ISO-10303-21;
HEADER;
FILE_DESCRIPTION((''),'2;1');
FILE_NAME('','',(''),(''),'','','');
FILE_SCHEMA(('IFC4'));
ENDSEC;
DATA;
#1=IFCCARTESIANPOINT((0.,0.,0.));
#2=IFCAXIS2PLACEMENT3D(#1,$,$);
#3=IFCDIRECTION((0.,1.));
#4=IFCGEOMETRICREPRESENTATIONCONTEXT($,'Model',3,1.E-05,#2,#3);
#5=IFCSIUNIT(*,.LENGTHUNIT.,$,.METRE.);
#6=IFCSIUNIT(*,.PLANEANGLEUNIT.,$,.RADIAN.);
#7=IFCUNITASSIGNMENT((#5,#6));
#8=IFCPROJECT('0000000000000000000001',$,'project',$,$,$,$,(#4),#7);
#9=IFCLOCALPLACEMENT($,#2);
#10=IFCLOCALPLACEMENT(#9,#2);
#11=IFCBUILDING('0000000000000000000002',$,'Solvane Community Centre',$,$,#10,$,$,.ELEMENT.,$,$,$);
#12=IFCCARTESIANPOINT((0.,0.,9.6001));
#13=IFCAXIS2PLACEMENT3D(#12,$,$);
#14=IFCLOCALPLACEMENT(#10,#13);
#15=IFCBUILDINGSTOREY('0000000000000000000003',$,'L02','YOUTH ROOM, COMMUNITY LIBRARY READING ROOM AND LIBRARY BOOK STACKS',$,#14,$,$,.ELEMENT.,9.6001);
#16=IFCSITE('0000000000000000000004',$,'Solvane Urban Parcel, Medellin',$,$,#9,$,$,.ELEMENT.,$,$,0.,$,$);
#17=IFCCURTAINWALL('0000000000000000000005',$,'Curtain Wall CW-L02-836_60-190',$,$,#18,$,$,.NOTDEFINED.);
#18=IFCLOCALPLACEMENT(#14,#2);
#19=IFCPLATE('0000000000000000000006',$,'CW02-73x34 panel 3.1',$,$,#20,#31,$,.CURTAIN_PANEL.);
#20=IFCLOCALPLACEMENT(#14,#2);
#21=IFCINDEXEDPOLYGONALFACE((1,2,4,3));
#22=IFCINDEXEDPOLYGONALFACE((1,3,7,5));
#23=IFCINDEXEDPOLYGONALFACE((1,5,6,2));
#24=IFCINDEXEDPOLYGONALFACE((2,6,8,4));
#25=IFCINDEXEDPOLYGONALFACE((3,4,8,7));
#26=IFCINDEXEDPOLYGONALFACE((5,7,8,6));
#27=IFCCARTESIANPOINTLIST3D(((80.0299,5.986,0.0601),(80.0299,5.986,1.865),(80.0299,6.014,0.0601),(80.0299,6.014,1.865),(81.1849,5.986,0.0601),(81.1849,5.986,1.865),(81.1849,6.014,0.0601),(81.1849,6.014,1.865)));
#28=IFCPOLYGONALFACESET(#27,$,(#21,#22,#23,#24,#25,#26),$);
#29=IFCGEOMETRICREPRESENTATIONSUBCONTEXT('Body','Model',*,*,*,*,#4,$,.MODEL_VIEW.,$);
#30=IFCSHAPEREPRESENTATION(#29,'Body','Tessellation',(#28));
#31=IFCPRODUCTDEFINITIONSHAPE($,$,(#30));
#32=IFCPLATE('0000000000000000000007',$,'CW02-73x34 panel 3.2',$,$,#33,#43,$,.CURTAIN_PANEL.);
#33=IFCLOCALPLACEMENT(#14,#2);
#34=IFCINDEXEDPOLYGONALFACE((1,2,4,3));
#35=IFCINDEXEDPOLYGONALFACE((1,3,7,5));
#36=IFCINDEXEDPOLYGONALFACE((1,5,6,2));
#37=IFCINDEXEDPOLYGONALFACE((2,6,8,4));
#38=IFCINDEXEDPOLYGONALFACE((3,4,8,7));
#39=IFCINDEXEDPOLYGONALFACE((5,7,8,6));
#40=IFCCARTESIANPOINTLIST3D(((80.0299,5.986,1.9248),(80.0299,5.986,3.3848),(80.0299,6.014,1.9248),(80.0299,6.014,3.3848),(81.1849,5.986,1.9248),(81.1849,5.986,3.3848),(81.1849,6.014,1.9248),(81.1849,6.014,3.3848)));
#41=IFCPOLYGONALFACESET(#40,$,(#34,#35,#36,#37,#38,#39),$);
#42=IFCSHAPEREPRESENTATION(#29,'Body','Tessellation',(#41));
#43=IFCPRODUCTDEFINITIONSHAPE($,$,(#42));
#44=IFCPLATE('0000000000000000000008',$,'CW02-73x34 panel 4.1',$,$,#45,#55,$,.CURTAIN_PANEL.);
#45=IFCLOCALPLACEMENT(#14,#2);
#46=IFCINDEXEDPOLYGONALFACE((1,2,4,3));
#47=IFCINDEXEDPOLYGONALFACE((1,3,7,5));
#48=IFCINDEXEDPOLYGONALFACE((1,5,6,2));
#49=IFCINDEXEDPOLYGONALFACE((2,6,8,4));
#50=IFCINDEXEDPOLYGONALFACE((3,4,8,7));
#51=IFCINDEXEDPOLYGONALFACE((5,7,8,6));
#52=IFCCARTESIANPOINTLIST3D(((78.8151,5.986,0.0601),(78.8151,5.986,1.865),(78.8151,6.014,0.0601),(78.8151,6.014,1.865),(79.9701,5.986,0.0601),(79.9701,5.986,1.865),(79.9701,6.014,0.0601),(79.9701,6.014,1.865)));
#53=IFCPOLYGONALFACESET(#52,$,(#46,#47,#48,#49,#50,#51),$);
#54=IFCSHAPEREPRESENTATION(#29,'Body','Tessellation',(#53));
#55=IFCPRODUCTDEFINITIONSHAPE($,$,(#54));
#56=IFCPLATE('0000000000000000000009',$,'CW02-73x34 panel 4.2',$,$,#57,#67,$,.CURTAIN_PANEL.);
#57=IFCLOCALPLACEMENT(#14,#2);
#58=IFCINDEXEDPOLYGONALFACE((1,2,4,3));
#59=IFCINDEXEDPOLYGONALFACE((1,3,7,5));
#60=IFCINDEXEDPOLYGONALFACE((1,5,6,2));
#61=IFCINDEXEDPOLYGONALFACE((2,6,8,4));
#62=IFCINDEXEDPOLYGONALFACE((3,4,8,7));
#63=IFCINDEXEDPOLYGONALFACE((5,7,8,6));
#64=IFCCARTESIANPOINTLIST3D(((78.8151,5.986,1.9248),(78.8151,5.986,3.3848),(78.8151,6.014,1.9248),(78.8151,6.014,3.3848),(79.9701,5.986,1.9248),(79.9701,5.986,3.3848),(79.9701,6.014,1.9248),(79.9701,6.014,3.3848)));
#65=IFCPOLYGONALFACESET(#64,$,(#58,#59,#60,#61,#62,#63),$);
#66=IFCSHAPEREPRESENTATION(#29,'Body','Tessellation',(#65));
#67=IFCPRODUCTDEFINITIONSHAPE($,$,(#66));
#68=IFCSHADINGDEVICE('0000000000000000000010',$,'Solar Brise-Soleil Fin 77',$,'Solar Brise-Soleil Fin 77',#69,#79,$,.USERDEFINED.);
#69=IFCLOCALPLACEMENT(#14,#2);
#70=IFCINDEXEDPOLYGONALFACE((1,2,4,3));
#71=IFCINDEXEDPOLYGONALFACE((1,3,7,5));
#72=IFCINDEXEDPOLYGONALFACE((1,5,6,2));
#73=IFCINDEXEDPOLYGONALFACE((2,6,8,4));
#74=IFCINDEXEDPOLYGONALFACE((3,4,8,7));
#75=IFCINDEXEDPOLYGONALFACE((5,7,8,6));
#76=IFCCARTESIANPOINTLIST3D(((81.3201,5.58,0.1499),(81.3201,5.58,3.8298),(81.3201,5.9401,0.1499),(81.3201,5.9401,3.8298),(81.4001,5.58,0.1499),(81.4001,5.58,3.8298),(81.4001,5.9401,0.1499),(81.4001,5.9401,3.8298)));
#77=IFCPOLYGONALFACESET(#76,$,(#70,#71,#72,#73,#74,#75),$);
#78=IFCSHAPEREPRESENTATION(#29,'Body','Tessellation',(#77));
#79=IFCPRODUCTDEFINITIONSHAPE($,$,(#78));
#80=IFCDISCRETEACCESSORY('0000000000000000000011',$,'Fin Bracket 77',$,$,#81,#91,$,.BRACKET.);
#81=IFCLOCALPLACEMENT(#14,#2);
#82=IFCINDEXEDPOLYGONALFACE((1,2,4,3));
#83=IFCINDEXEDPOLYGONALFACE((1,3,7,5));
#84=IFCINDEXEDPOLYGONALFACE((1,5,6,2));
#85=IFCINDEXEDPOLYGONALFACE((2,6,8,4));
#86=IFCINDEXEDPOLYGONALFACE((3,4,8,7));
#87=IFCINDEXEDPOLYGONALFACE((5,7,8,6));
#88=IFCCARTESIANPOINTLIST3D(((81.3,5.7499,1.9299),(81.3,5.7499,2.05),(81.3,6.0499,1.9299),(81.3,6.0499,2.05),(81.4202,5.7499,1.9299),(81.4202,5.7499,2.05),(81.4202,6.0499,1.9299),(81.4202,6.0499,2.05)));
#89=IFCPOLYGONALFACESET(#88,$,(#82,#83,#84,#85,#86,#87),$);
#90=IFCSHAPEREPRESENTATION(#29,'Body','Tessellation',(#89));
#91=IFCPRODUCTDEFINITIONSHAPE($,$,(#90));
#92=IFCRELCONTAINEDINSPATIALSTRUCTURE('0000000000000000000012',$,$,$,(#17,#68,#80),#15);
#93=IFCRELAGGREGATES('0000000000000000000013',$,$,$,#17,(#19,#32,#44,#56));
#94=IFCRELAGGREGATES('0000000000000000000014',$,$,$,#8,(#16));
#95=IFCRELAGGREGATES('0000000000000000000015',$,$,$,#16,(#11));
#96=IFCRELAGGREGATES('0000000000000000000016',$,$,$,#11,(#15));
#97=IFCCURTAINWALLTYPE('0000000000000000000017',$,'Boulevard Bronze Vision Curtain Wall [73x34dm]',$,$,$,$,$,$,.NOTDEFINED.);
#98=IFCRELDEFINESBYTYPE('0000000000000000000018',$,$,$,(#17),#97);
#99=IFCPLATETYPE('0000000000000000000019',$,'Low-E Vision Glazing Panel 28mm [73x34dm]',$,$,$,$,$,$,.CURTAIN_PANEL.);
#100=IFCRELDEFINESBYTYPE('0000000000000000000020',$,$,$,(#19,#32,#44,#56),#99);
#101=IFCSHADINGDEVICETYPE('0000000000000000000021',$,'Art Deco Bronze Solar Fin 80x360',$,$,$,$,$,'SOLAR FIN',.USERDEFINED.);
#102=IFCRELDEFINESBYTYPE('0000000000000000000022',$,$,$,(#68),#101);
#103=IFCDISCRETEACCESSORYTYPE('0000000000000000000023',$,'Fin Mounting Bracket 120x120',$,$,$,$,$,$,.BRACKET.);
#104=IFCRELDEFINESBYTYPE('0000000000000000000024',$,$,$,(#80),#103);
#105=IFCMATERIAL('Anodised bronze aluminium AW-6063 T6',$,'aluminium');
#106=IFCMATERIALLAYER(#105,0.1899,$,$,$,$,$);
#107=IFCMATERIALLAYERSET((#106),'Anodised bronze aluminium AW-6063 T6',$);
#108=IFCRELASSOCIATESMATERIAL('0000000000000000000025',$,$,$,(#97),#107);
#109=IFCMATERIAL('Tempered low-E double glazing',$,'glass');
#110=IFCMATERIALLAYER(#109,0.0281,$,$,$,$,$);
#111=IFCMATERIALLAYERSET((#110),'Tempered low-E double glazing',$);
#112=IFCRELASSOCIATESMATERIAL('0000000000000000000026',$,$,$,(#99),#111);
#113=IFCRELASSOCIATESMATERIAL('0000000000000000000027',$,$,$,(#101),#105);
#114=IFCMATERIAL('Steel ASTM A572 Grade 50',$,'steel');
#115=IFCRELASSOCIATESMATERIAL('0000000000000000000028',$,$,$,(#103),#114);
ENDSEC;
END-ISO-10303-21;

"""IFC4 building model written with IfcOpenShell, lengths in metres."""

from ifc_helpers import new_model, si_unit, direction, frame, origin, origin_2d, place, context, subcontext, project, spatial, rectangle, extrude, material, layer, layer_set, type_object, element, aggregate, save


model = new_model("IFC4")

# Units and contexts
model_context = context("Model", 3, precision=1e-05, world=origin(), true_north=direction((0.0, 1.0)))
body_context = subcontext(model_context, "Body", "Model", "MODEL_VIEW")
ifc_project = project(units=[si_unit("LENGTHUNIT", "METRE"), si_unit("PLANEANGLEUNIT", "RADIAN")], contexts=[model_context])

# Site, building, storey
site_placement = place(None, origin())
site = spatial("IfcSite", under=ifc_project, at=site_placement, Name="Solvane Urban Parcel, Medellin", CompositionType="ELEMENT", RefElevation=0.0)
building_placement = place(site_placement, origin())
building = spatial("IfcBuilding", under=site, at=building_placement, Name="Solvane Community Centre", CompositionType="ELEMENT")
storey_placement = place(building_placement, frame((0.0, 0.0, 9.6001)))
storey = spatial("IfcBuildingStorey", under=building, at=storey_placement, Name="L02", Description="YOUTH ROOM, COMMUNITY LIBRARY READING ROOM AND LIBRARY BOOK STACKS", CompositionType="ELEMENT", Elevation=9.6001)

# Curtain wall, plates
ifc_material_1 = material(Name="Anodised bronze aluminium AW-6063 T6", Category="aluminium")
ifc_layer_1 = layer(ifc_material_1, 0.1899)
ifc_layer_set_1 = layer_set([ifc_layer_1], Name="Anodised bronze aluminium AW-6063 T6")
curtain_wall_type = type_object("IfcCurtainWallType", Name="Boulevard Bronze Vision Curtain Wall [73x34dm]", PredefinedType="NOTDEFINED", material=ifc_layer_set_1)
curtain_wall_placement = place(storey_placement, origin())
curtain_wall = element("IfcCurtainWall", 1, at=curtain_wall_placement, inside=storey, type_object=curtain_wall_type, Name="Curtain Wall CW-L02-836_60-190", PredefinedType="NOTDEFINED")
ifc_material_2 = material(Name="Tempered low-E double glazing", Category="glass")
ifc_layer_2 = layer(ifc_material_2, 0.0281)
ifc_layer_set_2 = layer_set([ifc_layer_2], Name="Tempered low-E double glazing")
plate_type = type_object("IfcPlateType", Name="Low-E Vision Glazing Panel 28mm [73x34dm]", PredefinedType="CURTAIN_PANEL", material=ifc_layer_set_2)
plate_1_placement = place(storey_placement, frame((80.6074, 6.0, 0.0601), z_axis=(0.0, 0.0, 1.0), x_axis=(-1.0, 0.0, 0.0)))
plate_1 = element("IfcPlate", 2, at=plate_1_placement, type_object=plate_type, Name="CW02-73x34 panel 3.1", PredefinedType="CURTAIN_PANEL", context=body_context, shape_type="SweptSolid", body=[
    extrude(rectangle(XDim=1.155, YDim=0.0281, at=origin_2d()), origin(), (0.0, 0.0, 1.0), 1.8049),
])
plate_2_placement = place(storey_placement, frame((80.6074, 6.0, 1.9248), z_axis=(0.0, 0.0, 1.0), x_axis=(-1.0, 0.0, 0.0)))
plate_2 = element("IfcPlate", 3, at=plate_2_placement, type_object=plate_type, Name="CW02-73x34 panel 3.2", PredefinedType="CURTAIN_PANEL", context=body_context, shape_type="SweptSolid", body=[
    extrude(rectangle(XDim=1.155, YDim=0.0281, at=origin_2d()), origin(), (0.0, 0.0, 1.0), 1.46),
])
plate_3_placement = place(storey_placement, frame((79.3926, 6.0, 0.0601), z_axis=(0.0, 0.0, 1.0), x_axis=(-1.0, 0.0, 0.0)))
plate_3 = element("IfcPlate", 4, at=plate_3_placement, type_object=plate_type, Name="CW02-73x34 panel 4.1", PredefinedType="CURTAIN_PANEL", context=body_context, shape_type="SweptSolid", body=[
    extrude(rectangle(XDim=1.155, YDim=0.0281, at=origin_2d()), origin(), (0.0, 0.0, 1.0), 1.8049),
])
plate_4_placement = place(storey_placement, frame((79.3926, 6.0, 1.9248), z_axis=(0.0, 0.0, 1.0), x_axis=(-1.0, 0.0, 0.0)))
plate_4 = element("IfcPlate", 5, at=plate_4_placement, type_object=plate_type, Name="CW02-73x34 panel 4.2", PredefinedType="CURTAIN_PANEL", context=body_context, shape_type="SweptSolid", body=[
    extrude(rectangle(XDim=1.155, YDim=0.0281, at=origin_2d()), origin(), (0.0, 0.0, 1.0), 1.46),
])
aggregate(curtain_wall, [plate_1, plate_2, plate_3, plate_4])

# Shading device
shading_device_type = type_object("IfcShadingDeviceType", Name="Art Deco Bronze Solar Fin 80x360", ElementType="SOLAR FIN", PredefinedType="USERDEFINED", material=ifc_material_1)
shading_device_placement = place(storey_placement, frame((81.3601, 5.76, 0.1499), z_axis=(0.0, 0.0, 1.0), x_axis=(-1.0, 0.0, 0.0)))
element("IfcShadingDevice", 6, at=shading_device_placement, inside=storey, type_object=shading_device_type, Name="Solar Brise-Soleil Fin 77", ObjectType="Solar Brise-Soleil Fin 77", PredefinedType="USERDEFINED", context=body_context, shape_type="SweptSolid", body=[
    extrude(rectangle(XDim=0.0801, YDim=0.3601, at=origin_2d()), origin(), (0.0, 0.0, 1.0), 3.6799),
])

# Discrete accessory
ifc_material_3 = material(Name="Steel ASTM A572 Grade 50", Category="steel")
discrete_accessory_type = type_object("IfcDiscreteAccessoryType", Name="Fin Mounting Bracket 120x120", PredefinedType="BRACKET", material=ifc_material_3)
discrete_accessory_placement = place(storey_placement, frame((81.3601, 5.8999, 1.9299), z_axis=(0.0, 0.0, 1.0), x_axis=(-1.0, 0.0, 0.0)))
element("IfcDiscreteAccessory", 7, at=discrete_accessory_placement, inside=storey, type_object=discrete_accessory_type, Name="Fin Bracket 77", PredefinedType="BRACKET", context=body_context, shape_type="SweptSolid", body=[
    extrude(rectangle(XDim=0.1201, YDim=0.3, at=origin_2d()), origin(), (0.0, 0.0, 1.0), 0.1201),
])

save(model, "model.ifc")
